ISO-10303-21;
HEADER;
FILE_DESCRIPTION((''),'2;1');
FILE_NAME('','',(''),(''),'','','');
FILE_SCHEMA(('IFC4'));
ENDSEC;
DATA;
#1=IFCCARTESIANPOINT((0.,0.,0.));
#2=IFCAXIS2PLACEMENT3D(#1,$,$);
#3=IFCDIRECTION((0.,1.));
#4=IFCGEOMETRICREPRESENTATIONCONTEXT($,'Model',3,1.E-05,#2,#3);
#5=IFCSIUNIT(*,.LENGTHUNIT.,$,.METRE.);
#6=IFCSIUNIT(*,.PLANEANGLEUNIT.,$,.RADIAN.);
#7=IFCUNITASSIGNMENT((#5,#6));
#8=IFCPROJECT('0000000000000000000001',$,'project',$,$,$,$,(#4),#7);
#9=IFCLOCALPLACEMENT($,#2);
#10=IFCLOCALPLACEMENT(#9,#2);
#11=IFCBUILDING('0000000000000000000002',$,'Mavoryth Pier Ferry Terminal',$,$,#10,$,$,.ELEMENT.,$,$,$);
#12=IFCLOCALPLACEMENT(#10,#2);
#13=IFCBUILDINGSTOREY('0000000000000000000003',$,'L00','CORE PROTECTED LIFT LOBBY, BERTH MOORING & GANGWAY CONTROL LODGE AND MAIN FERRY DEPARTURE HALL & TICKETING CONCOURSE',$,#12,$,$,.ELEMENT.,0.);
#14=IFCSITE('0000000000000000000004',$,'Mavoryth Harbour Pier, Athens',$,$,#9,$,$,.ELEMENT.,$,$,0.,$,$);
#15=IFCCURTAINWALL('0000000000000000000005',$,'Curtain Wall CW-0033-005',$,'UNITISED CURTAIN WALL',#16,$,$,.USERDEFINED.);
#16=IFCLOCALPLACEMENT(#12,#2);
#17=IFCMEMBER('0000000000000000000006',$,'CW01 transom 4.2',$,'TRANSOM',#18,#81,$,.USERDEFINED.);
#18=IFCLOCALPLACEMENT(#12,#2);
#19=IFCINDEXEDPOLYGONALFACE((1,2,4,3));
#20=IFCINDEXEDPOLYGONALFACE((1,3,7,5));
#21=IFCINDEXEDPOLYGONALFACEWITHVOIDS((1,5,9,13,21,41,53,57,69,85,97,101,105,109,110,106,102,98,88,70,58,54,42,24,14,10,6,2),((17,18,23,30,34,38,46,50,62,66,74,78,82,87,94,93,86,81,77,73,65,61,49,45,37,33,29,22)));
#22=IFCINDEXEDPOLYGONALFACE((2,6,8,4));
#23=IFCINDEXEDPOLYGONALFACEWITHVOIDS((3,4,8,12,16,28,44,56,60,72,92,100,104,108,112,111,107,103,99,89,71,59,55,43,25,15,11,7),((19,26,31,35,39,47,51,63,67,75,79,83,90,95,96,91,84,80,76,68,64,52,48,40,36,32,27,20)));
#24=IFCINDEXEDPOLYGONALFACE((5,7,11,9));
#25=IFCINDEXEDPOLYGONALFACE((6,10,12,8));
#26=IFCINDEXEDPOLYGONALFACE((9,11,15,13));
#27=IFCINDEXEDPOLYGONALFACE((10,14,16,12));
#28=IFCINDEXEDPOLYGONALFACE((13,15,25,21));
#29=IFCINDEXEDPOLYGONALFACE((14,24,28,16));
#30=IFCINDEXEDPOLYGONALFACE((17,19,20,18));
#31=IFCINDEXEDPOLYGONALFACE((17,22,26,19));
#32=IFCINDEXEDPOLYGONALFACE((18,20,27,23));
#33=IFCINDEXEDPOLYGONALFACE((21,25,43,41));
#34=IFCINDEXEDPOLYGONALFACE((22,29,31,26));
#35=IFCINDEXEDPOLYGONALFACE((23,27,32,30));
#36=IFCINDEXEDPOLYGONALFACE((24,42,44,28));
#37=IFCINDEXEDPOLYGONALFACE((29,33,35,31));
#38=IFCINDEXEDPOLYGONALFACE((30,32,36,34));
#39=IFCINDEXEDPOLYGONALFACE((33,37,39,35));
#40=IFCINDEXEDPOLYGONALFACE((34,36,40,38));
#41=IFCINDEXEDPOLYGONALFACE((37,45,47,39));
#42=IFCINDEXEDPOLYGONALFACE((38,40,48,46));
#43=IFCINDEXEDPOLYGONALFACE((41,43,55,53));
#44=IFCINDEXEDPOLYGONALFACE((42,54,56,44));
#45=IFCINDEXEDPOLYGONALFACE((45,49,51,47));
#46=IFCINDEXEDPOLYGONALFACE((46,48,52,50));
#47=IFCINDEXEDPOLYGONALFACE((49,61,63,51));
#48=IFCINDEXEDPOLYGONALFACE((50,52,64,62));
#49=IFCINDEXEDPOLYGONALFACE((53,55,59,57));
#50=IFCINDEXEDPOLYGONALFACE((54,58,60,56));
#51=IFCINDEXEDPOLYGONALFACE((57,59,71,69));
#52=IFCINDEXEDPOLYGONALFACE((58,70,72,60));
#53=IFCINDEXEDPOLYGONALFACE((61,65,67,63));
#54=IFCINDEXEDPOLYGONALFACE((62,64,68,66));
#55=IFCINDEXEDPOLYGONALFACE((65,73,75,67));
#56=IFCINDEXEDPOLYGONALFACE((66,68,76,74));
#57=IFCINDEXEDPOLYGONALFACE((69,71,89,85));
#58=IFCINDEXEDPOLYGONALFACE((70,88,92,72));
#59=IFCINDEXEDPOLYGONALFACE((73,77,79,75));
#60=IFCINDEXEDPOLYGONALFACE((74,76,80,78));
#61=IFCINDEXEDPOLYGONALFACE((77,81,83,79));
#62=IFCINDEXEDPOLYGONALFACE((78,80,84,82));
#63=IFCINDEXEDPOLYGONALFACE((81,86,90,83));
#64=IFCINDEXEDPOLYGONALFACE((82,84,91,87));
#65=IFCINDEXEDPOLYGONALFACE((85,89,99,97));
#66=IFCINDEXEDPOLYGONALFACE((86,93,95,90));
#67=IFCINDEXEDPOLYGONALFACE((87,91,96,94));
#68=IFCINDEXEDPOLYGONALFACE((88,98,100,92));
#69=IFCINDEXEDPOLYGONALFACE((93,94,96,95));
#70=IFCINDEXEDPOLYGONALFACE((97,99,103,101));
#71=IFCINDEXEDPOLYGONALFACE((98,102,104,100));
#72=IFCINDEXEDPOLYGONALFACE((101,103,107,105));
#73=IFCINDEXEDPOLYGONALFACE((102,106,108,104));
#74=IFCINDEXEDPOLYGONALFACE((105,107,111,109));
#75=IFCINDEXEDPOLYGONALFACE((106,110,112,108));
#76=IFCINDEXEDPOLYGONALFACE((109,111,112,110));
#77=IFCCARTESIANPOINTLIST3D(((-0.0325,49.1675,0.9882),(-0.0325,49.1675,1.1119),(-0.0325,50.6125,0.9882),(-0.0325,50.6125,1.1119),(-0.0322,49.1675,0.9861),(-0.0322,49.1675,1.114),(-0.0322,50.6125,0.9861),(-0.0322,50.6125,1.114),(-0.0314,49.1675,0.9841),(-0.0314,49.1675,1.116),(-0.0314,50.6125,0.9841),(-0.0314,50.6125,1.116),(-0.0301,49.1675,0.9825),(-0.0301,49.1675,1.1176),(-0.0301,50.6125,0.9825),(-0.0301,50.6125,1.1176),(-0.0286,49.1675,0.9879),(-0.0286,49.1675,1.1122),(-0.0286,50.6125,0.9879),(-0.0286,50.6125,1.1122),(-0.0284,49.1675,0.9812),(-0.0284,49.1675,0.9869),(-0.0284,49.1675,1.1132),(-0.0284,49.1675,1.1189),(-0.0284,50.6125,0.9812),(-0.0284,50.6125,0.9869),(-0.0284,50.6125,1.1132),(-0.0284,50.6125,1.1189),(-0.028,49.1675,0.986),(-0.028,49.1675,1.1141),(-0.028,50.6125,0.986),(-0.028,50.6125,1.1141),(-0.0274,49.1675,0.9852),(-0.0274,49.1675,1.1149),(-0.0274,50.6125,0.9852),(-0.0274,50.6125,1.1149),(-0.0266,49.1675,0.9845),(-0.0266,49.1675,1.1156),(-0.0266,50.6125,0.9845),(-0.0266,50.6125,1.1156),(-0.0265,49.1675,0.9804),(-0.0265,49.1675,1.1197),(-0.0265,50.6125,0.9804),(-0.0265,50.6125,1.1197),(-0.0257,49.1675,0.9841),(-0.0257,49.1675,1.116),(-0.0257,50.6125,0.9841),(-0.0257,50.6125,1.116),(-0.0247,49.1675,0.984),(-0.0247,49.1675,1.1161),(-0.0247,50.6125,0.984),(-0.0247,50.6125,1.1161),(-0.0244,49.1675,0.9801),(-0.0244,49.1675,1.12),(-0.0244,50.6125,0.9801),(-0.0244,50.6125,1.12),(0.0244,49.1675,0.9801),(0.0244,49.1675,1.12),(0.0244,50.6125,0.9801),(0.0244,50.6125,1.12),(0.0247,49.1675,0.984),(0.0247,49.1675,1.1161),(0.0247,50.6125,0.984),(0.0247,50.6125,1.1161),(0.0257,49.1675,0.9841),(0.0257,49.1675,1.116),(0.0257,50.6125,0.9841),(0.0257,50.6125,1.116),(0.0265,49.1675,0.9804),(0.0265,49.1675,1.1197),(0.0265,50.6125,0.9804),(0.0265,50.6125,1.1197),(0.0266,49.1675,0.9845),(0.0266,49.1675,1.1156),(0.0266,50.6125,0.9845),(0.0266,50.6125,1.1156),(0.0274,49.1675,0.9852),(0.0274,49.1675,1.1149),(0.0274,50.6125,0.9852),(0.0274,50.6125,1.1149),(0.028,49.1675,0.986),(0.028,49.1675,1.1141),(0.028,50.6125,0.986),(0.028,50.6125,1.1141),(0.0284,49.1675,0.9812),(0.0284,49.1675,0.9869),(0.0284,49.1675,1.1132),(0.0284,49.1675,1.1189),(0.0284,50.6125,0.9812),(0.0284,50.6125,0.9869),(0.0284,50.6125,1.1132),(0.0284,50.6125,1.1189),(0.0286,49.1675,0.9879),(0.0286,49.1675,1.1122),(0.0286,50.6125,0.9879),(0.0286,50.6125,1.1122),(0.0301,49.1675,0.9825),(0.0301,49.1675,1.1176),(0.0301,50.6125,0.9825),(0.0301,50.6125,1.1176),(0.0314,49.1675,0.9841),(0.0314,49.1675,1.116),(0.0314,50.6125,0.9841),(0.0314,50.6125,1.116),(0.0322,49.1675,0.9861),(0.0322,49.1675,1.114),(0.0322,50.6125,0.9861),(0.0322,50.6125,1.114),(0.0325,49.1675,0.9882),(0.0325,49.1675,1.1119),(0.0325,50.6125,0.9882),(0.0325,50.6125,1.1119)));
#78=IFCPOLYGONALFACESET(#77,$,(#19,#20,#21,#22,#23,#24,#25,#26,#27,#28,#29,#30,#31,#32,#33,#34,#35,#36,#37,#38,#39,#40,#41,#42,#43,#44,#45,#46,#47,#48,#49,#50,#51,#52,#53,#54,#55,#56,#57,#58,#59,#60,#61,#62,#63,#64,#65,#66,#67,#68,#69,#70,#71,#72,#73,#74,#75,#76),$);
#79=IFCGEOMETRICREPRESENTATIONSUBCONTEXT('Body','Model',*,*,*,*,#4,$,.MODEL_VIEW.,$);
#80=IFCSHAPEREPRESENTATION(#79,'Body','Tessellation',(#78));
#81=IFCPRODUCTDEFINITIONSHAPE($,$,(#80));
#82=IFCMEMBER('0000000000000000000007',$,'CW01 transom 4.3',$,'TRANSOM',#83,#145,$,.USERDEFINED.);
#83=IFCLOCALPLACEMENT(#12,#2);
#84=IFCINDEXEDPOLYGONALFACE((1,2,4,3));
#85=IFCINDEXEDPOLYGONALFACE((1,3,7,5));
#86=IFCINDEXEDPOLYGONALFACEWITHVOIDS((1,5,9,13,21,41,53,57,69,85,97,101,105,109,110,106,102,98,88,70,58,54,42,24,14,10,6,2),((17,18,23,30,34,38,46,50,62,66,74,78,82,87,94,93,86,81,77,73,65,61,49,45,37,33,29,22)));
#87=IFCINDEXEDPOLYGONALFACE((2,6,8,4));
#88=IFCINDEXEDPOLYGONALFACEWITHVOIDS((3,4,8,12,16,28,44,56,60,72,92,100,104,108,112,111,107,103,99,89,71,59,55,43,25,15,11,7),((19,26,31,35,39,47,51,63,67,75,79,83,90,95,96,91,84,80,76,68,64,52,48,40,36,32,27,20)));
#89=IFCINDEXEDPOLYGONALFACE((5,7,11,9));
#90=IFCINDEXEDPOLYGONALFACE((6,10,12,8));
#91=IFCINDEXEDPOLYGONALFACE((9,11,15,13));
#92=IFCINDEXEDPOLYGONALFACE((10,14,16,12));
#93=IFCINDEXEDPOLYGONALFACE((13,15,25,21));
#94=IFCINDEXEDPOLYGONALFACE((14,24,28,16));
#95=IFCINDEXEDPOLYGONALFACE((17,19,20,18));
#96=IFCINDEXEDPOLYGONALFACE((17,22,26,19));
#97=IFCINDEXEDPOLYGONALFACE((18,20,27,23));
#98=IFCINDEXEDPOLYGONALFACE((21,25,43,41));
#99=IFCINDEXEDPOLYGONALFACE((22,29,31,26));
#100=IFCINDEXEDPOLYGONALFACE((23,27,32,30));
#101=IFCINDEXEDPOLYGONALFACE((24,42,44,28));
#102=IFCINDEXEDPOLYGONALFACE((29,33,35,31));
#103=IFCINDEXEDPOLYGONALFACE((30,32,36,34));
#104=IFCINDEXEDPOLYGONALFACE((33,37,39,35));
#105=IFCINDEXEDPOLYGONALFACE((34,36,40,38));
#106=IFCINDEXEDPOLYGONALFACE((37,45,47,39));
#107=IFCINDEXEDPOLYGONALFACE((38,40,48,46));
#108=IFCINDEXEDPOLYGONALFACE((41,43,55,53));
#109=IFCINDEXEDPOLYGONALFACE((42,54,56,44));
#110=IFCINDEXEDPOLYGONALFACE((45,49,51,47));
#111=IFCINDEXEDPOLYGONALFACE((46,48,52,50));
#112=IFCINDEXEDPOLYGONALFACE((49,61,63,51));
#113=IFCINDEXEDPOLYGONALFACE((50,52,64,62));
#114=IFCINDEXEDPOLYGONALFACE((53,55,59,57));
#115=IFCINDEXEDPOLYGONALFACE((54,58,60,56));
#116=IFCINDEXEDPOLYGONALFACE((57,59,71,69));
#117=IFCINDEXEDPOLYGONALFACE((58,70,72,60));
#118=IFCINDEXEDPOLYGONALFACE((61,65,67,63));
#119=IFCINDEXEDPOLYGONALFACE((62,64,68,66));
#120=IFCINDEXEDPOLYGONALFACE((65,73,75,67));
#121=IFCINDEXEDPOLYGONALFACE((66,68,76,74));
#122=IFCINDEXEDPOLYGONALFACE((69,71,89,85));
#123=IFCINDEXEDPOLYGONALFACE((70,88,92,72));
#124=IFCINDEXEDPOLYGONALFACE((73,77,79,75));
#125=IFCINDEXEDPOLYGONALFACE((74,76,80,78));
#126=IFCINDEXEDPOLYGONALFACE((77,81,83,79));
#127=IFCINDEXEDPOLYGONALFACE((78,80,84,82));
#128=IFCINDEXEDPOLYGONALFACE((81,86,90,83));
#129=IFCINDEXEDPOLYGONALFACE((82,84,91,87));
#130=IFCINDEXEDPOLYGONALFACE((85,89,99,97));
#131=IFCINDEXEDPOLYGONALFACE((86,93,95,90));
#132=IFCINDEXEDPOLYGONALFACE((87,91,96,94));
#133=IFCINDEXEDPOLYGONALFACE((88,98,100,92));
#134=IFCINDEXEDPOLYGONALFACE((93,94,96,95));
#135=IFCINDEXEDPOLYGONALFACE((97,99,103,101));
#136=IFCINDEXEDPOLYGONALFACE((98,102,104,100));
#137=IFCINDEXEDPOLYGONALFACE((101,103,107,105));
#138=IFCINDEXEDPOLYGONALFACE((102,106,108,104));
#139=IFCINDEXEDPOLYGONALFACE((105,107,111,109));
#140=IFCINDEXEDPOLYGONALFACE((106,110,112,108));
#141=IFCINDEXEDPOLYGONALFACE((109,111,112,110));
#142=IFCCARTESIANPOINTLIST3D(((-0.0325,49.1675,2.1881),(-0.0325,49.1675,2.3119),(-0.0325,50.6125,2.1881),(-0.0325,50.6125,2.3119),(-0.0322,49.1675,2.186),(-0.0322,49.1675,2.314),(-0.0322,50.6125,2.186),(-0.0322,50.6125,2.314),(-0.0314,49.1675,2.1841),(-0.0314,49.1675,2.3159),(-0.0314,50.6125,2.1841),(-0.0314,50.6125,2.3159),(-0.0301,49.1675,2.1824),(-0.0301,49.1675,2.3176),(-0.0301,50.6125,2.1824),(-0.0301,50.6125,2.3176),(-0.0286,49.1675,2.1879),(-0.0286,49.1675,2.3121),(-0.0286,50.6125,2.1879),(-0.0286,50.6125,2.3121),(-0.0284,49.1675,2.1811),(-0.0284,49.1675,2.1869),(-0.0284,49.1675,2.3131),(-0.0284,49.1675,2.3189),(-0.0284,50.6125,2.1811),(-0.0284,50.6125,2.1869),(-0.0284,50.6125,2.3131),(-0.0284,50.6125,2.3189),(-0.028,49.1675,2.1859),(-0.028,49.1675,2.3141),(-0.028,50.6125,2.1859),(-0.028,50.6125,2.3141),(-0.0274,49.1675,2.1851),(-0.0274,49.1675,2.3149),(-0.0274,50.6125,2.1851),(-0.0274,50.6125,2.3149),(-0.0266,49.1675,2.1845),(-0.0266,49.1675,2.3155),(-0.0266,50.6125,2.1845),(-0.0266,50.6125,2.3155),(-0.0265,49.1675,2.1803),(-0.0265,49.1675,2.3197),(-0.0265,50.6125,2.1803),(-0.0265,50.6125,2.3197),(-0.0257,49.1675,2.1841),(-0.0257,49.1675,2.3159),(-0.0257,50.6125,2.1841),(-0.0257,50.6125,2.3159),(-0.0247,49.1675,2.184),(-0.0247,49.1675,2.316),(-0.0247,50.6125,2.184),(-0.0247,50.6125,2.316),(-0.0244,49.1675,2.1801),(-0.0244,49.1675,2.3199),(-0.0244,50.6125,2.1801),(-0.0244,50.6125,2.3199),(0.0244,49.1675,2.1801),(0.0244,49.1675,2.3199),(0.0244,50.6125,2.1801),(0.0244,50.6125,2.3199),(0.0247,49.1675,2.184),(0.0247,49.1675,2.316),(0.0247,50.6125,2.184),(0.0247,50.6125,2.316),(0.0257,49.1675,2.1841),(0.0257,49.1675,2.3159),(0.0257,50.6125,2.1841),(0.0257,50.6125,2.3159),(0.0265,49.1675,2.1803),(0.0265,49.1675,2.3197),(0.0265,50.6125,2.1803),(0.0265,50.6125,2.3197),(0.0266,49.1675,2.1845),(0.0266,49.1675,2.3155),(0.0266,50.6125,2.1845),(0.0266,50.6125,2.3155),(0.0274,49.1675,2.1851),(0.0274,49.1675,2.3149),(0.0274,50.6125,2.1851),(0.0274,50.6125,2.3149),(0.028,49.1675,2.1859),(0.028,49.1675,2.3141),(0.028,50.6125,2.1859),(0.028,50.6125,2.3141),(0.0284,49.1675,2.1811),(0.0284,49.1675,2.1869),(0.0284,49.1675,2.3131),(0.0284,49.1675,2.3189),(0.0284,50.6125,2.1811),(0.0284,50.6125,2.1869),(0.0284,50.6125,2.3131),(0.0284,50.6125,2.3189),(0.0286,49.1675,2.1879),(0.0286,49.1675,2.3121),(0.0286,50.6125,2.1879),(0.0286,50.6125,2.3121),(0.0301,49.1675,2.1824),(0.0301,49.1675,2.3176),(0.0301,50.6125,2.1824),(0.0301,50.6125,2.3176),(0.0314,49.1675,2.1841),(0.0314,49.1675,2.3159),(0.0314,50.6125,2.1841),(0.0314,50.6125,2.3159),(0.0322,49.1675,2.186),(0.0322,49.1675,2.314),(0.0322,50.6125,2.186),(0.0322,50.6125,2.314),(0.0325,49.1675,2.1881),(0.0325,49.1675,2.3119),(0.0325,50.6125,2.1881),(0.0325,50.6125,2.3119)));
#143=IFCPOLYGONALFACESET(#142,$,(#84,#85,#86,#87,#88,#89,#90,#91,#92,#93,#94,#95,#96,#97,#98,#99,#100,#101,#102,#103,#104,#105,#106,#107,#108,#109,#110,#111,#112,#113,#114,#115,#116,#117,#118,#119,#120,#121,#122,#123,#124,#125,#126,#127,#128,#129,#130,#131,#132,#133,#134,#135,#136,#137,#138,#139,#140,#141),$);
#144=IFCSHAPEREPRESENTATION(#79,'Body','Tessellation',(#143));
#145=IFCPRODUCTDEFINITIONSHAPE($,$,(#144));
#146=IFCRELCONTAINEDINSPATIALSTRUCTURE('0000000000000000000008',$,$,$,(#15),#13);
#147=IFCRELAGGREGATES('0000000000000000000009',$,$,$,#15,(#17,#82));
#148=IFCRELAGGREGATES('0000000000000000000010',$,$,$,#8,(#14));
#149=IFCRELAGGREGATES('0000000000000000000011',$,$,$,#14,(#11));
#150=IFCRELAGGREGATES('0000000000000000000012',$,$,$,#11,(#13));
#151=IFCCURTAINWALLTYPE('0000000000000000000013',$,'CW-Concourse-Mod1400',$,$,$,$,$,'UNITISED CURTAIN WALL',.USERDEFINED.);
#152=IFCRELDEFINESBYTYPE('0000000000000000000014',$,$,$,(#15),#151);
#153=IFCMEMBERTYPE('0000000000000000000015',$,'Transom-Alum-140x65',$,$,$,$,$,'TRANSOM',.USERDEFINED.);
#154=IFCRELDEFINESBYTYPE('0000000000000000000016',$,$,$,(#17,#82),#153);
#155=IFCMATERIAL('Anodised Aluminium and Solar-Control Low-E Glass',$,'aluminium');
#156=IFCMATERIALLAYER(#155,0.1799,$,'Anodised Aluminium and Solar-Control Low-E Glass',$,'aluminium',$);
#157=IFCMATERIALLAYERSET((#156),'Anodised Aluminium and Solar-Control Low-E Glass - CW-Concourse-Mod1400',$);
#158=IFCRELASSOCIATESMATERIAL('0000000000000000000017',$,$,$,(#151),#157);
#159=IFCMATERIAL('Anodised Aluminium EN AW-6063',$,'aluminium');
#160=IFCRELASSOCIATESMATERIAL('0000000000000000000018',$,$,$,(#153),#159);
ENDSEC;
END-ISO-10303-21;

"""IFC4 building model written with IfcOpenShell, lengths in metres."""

from ifc_helpers import new_model, si_unit, direction, frame, origin, origin_2d, place, context, subcontext, project, spatial, hollow_rectangle, extrude, material, layer, layer_set, material_profile, profile_set, type_object, element, aggregate, save


model = new_model("IFC4")

# Units and contexts
model_context = context("Model", 3, precision=1e-05, world=origin(), true_north=direction((0.0, 1.0)))
body_context = subcontext(model_context, "Body", "Model", "MODEL_VIEW")
ifc_project = project(units=[si_unit("LENGTHUNIT", "METRE"), si_unit("PLANEANGLEUNIT", "RADIAN")], contexts=[model_context])

# Site, building, storey
site_placement = place(None, origin())
site = spatial("IfcSite", under=ifc_project, at=site_placement, Name="Mavoryth Harbour Pier, Athens", CompositionType="ELEMENT", RefElevation=0.0)
building_placement = place(site_placement, origin())
building = spatial("IfcBuilding", under=site, at=building_placement, Name="Mavoryth Pier Ferry Terminal", CompositionType="ELEMENT")
storey_placement = place(building_placement, origin())
storey = spatial("IfcBuildingStorey", under=building, at=storey_placement, Name="L00", Description="CORE PROTECTED LIFT LOBBY, BERTH MOORING & GANGWAY CONTROL LODGE AND MAIN FERRY DEPARTURE HALL & TICKETING CONCOURSE", CompositionType="ELEMENT", Elevation=0.0)

# Curtain wall, members
ifc_material_1 = material(Name="Anodised Aluminium and Solar-Control Low-E Glass", Category="aluminium")
ifc_layer_1 = layer(ifc_material_1, 0.1799, Name="Anodised Aluminium and Solar-Control Low-E Glass", Category="aluminium")
ifc_layer_set_1 = layer_set([ifc_layer_1], Name="Anodised Aluminium and Solar-Control Low-E Glass - CW-Concourse-Mod1400")
curtain_wall_type = type_object("IfcCurtainWallType", Name="CW-Concourse-Mod1400", ElementType="UNITISED CURTAIN WALL", PredefinedType="USERDEFINED", material=ifc_layer_set_1)
curtain_wall_placement = place(storey_placement, origin())
curtain_wall = element("IfcCurtainWall", 1, at=curtain_wall_placement, inside=storey, type_object=curtain_wall_type, Name="Curtain Wall CW-0033-005", ObjectType="UNITISED CURTAIN WALL", PredefinedType="USERDEFINED")
ifc_material_2 = material(Name="Anodised Aluminium EN AW-6063", Category="aluminium")
ifc_material_profile_1 = material_profile(ifc_material_2, hollow_rectangle(XDim=0.0649, YDim=0.1399, WallThickness=0.0039, InnerFilletRadius=0.0039, OuterFilletRadius=0.0081, at=origin_2d()), Name="AL-TRAN 140x65x4", Category="aluminium")
ifc_profile_set_1 = profile_set([ifc_material_profile_1], Name="Anodised Aluminium EN AW-6063 - AL-TRAN 140x65x4")
member_type_1 = type_object("IfcMemberType", Name="Transom-Alum-140x65", ElementType="TRANSOM", PredefinedType="USERDEFINED", material=ifc_profile_set_1)
member_1_placement = place(storey_placement, frame((0.0, 50.6125, 1.05), z_axis=(0.0, -1.0, 0.0), x_axis=(1.0, 0.0, 0.0)))
member_1 = element("IfcMember", 2, at=member_1_placement, type_object=member_type_1, Name="CW01 transom 4.2", ObjectType="TRANSOM", PredefinedType="USERDEFINED", context=body_context, shape_type="SweptSolid", body=[
    extrude(hollow_rectangle(XDim=0.0649, YDim=0.1399, WallThickness=0.0039, InnerFilletRadius=0.0039, OuterFilletRadius=0.0081, at=origin_2d()), origin(), (0.0, 0.0, 1.0), 1.4451),
])
member_2_placement = place(storey_placement, frame((0.0, 50.6125, 2.25), z_axis=(0.0, -1.0, 0.0), x_axis=(1.0, 0.0, 0.0)))
member_2 = element("IfcMember", 3, at=member_2_placement, type_object=member_type_1, Name="CW01 transom 4.3", ObjectType="TRANSOM", PredefinedType="USERDEFINED", context=body_context, shape_type="SweptSolid", body=[
    extrude(hollow_rectangle(XDim=0.0649, YDim=0.1399, WallThickness=0.0039, InnerFilletRadius=0.0039, OuterFilletRadius=0.0081, at=origin_2d()), origin(), (0.0, 0.0, 1.0), 1.4451),
])
aggregate(curtain_wall, [member_1, member_2])

save(model, "model.ifc")
